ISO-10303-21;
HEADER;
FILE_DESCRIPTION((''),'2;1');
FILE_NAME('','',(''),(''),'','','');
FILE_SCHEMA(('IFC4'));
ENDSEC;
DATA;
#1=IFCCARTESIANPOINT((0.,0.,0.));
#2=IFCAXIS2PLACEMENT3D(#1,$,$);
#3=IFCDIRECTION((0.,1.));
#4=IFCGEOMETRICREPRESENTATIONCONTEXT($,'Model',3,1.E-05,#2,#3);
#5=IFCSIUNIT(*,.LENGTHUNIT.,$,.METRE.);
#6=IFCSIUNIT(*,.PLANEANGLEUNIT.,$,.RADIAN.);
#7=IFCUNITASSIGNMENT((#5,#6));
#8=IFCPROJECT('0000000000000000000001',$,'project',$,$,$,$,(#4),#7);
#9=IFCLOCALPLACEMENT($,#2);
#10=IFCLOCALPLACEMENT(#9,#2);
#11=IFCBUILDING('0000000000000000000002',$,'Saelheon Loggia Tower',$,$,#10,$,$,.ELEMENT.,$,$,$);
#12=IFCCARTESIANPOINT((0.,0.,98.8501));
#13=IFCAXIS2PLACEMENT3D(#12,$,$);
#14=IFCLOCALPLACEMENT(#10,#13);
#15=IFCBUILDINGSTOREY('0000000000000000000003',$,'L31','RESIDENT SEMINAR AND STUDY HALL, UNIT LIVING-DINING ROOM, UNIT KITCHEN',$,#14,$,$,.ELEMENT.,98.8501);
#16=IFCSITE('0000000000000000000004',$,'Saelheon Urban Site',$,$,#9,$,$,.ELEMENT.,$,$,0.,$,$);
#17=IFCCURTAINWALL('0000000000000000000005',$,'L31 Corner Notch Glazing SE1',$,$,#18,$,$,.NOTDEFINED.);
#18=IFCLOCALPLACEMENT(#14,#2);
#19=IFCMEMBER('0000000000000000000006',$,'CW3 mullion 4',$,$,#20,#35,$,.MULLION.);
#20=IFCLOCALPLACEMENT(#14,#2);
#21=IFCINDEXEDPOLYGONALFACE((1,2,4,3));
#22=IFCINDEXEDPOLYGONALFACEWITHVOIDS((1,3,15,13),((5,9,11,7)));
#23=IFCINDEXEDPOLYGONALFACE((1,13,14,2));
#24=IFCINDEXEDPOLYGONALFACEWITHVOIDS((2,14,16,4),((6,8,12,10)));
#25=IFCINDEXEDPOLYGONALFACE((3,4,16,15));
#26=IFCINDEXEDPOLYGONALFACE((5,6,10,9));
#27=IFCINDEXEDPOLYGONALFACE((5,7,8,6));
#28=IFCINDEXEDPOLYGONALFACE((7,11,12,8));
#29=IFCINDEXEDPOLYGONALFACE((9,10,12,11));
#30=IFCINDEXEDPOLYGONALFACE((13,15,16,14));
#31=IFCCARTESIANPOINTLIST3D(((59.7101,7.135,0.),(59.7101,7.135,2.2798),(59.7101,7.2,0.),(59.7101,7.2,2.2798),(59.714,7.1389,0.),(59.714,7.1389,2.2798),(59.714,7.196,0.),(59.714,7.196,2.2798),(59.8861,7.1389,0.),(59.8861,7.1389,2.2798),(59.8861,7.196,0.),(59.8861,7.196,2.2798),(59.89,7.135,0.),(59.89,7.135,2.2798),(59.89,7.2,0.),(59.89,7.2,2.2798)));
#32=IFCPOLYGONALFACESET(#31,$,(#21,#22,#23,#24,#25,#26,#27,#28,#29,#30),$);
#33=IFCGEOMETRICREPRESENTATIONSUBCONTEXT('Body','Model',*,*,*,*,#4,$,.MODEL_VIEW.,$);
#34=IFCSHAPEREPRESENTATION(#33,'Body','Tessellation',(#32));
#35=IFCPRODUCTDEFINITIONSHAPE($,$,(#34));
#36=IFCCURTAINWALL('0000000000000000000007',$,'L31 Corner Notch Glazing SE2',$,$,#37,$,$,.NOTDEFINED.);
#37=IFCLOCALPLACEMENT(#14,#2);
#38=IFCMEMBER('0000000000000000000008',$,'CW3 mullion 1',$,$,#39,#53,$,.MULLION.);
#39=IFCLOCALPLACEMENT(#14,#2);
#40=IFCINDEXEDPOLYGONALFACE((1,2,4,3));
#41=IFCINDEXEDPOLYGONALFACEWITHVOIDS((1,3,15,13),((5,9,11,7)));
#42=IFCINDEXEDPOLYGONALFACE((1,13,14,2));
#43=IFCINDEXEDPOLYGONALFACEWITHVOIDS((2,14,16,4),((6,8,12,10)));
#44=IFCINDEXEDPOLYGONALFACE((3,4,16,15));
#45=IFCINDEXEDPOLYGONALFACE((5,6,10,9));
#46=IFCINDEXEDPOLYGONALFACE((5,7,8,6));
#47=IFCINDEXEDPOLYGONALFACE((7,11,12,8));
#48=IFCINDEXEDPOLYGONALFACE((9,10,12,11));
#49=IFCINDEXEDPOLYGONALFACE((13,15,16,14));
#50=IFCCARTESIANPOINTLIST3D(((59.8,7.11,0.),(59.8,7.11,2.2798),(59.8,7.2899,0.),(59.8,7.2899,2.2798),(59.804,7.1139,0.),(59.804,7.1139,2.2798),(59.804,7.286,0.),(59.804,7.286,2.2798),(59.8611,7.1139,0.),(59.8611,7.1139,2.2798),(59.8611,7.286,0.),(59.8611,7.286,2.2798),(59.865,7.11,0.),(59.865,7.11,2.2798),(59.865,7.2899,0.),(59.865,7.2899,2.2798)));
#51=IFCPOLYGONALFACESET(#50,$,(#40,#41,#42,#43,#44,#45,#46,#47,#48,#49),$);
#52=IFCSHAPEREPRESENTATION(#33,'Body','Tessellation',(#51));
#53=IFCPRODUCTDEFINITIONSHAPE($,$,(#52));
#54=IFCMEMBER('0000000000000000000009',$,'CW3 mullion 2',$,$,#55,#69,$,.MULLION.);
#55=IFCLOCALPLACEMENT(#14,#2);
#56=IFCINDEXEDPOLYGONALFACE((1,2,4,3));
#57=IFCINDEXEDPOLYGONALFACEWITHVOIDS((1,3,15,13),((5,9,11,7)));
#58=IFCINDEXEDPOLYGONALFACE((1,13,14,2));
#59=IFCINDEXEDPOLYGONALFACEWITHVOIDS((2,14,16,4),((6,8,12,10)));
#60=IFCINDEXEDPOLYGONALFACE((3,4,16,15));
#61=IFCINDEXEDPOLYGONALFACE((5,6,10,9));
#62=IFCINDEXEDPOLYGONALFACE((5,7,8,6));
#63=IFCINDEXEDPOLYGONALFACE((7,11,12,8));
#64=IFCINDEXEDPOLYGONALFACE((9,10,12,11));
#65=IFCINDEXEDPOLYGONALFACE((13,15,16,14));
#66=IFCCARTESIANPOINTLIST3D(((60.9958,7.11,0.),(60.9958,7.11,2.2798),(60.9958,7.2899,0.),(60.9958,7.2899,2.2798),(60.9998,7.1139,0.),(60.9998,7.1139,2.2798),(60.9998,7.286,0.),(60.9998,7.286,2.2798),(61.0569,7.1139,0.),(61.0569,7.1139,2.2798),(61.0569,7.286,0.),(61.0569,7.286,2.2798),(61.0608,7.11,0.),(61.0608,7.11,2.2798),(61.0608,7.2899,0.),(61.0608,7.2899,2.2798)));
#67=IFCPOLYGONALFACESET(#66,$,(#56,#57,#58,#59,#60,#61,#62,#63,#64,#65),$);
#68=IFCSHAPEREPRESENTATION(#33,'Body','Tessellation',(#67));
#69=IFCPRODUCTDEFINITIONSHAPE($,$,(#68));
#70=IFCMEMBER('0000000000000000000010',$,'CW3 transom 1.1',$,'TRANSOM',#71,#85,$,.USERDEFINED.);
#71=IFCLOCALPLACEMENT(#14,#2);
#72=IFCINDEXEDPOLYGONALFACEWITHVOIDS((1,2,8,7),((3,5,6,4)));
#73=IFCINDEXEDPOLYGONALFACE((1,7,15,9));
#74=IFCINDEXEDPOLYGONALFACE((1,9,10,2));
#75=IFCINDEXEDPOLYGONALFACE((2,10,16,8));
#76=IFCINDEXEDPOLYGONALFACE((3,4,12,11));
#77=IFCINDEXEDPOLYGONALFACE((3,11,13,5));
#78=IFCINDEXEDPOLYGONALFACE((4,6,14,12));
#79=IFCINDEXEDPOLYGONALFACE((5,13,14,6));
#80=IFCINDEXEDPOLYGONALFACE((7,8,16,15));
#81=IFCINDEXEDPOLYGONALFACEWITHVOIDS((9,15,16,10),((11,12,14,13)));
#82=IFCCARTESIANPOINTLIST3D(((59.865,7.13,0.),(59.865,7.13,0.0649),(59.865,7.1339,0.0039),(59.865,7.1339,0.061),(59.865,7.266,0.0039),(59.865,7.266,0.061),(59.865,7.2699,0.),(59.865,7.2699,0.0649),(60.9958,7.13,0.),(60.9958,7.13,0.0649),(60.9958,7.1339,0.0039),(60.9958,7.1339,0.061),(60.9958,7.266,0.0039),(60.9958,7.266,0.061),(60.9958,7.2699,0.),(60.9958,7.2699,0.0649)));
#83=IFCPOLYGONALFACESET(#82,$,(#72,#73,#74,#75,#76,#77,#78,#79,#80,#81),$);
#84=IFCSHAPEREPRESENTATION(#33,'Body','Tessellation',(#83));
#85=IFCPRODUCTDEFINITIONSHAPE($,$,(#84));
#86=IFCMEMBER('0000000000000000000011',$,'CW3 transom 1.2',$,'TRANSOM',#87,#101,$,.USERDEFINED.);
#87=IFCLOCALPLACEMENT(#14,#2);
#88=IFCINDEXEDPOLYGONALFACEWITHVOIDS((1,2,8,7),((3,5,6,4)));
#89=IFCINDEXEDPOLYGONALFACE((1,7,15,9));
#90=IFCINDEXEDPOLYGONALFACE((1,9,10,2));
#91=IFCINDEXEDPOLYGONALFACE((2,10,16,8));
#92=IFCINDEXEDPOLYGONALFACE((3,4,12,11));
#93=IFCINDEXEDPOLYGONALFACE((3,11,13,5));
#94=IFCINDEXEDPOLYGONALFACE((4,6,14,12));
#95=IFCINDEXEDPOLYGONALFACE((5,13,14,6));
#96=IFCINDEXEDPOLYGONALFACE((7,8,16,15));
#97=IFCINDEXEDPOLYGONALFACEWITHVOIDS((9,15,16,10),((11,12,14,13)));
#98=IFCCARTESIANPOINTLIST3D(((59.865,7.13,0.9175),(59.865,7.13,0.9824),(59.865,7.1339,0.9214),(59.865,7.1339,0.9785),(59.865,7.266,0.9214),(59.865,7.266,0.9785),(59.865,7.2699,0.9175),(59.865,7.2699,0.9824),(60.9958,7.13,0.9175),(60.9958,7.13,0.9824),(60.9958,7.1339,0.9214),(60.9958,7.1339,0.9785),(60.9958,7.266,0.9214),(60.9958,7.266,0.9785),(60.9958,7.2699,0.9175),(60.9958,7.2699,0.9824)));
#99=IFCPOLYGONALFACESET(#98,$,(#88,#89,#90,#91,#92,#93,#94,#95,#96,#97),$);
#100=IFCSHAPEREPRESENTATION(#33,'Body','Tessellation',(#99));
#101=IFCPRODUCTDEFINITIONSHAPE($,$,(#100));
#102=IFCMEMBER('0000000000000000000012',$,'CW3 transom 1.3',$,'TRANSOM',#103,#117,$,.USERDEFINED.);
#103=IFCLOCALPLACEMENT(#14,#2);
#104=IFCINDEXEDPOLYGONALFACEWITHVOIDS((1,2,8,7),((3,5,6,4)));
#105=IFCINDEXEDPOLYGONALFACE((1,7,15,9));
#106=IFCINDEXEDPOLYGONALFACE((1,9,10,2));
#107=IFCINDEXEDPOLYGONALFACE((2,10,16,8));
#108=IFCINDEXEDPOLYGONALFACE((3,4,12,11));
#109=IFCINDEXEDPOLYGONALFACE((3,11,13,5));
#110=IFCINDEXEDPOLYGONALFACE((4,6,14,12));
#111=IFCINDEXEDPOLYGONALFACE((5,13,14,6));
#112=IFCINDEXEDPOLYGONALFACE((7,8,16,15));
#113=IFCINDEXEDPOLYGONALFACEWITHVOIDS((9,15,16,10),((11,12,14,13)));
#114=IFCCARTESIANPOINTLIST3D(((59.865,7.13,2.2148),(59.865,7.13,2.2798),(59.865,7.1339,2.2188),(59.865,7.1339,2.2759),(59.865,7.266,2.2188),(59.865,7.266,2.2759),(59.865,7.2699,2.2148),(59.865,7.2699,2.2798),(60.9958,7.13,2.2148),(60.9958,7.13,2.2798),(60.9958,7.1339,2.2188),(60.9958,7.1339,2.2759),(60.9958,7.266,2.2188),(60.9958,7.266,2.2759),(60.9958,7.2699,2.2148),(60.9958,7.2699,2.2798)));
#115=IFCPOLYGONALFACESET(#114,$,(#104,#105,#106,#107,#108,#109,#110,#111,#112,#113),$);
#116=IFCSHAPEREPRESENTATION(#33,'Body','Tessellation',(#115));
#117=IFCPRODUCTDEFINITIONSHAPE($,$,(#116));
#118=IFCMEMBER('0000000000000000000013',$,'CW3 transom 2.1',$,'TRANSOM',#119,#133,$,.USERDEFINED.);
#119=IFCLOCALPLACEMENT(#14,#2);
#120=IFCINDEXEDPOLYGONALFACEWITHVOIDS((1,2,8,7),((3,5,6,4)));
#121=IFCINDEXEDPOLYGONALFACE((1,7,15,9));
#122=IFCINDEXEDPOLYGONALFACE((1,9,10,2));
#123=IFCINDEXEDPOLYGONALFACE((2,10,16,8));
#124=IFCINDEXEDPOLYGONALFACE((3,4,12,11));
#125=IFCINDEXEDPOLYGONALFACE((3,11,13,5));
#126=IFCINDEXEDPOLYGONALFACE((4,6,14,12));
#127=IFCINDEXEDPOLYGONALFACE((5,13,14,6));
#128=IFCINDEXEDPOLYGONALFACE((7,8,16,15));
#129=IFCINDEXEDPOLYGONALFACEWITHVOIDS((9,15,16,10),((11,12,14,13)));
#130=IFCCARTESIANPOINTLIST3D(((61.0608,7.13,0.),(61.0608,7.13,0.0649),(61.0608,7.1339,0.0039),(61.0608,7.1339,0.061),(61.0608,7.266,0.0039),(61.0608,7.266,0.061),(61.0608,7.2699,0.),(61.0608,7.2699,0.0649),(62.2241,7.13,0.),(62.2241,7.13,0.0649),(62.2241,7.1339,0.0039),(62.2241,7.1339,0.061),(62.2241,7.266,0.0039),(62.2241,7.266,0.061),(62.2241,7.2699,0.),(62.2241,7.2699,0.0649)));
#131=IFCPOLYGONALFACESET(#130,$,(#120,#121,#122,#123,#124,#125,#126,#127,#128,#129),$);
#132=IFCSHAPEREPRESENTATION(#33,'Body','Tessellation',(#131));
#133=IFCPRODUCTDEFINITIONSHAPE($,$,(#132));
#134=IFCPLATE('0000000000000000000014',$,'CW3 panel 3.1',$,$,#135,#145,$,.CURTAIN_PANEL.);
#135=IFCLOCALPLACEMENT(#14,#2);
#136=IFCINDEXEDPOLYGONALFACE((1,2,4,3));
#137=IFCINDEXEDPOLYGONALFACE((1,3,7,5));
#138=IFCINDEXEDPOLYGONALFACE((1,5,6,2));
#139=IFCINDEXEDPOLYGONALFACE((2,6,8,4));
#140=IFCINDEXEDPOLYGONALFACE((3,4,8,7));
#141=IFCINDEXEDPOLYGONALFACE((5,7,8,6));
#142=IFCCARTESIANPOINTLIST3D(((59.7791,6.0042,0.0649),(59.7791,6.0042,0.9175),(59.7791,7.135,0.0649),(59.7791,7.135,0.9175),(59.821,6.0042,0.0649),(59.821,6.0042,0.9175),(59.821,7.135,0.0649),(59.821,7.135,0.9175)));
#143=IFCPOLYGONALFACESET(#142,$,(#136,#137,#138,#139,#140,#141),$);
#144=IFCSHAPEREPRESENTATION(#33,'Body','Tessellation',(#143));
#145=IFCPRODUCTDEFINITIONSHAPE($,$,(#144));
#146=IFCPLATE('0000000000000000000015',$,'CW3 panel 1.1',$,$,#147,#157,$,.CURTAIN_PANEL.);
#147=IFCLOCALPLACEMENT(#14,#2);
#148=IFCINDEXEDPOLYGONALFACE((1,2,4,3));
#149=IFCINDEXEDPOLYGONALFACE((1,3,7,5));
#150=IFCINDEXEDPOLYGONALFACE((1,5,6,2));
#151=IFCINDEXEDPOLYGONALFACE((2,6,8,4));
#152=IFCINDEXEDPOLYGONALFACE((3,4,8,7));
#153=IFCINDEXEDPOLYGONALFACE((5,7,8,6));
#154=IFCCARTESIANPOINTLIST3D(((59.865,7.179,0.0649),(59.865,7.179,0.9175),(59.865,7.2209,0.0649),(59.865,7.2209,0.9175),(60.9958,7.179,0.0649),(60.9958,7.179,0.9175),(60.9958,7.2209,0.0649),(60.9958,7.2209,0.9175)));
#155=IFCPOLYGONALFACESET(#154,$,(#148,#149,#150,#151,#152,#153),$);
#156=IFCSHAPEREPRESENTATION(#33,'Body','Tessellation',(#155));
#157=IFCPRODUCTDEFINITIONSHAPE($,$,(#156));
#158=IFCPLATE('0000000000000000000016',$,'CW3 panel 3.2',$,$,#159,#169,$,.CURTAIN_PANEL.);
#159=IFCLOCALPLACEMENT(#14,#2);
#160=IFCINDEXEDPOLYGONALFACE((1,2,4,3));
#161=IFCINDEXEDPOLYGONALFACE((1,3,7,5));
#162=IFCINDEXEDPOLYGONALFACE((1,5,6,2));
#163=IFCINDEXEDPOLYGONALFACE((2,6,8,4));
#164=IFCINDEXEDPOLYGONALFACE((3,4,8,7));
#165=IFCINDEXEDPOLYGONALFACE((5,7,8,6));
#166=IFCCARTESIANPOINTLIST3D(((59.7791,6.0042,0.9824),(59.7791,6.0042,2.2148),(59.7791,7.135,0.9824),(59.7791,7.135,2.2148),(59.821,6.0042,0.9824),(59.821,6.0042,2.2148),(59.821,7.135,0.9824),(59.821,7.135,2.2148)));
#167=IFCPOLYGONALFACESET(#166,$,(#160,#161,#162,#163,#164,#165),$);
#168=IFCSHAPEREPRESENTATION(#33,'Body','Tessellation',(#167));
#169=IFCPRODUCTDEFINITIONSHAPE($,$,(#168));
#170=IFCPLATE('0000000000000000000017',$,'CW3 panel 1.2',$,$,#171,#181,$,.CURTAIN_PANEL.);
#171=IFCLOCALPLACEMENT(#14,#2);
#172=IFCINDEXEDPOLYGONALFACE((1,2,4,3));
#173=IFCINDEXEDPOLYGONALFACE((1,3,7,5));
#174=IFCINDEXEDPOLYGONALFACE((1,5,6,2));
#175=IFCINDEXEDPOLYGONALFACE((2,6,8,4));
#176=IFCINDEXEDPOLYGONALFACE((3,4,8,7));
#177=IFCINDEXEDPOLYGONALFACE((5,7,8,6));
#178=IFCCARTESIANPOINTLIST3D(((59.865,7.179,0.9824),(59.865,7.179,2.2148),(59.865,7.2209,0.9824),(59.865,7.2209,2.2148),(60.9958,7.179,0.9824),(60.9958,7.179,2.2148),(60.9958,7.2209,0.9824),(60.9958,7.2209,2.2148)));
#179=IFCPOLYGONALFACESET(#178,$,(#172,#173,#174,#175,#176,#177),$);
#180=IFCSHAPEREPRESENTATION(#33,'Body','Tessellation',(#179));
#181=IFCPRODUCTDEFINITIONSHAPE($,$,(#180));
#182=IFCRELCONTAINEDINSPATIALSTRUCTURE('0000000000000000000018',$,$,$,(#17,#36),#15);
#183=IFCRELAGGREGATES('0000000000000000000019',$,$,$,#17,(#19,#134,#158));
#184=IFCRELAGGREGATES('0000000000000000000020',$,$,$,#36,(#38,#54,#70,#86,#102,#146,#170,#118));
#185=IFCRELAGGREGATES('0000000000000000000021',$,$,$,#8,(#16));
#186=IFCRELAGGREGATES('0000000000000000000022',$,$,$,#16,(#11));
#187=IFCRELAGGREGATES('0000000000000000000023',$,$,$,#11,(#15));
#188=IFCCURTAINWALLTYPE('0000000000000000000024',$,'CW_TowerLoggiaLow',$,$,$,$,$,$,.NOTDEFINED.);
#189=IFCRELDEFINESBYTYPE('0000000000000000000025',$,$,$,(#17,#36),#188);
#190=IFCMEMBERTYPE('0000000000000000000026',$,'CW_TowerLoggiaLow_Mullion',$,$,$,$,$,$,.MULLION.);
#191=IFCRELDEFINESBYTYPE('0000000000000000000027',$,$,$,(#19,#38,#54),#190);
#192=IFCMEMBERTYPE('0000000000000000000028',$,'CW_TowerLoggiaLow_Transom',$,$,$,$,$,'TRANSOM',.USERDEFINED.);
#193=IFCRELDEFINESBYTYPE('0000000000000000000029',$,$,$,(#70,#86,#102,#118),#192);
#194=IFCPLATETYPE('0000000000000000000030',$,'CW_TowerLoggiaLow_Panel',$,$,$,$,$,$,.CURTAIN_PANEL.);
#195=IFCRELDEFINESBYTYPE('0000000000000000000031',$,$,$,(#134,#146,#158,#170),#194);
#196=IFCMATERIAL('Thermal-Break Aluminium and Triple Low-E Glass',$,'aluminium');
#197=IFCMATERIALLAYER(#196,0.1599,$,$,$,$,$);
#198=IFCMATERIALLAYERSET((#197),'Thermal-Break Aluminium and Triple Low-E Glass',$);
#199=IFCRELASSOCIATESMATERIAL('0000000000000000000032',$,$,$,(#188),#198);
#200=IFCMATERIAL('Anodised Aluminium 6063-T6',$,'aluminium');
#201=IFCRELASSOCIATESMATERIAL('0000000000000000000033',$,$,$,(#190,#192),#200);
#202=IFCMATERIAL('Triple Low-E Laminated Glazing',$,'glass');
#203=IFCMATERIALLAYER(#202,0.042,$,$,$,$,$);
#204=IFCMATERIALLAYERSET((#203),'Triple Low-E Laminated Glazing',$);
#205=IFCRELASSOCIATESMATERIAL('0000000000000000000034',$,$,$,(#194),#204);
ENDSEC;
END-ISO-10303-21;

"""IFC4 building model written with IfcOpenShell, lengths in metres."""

from ifc_helpers import new_model, si_unit, direction, frame, origin, origin_2d, place, context, subcontext, project, spatial, rectangle, hollow_rectangle, extrude, source, transform, mapped, material, layer, layer_set, material_profile, profile_set, type_object, element, aggregate, save


model = new_model("IFC4")

# Units and contexts
model_context = context("Model", 3, precision=1e-05, world=origin(), true_north=direction((0.0, 1.0)))
body_context = subcontext(model_context, "Body", "Model", "MODEL_VIEW")
ifc_project = project(units=[si_unit("LENGTHUNIT", "METRE"), si_unit("PLANEANGLEUNIT", "RADIAN")], contexts=[model_context])

# Site, building, storey
site_placement = place(None, origin())
site = spatial("IfcSite", under=ifc_project, at=site_placement, Name="Saelheon Urban Site", CompositionType="ELEMENT", RefElevation=0.0)
building_placement = place(site_placement, origin())
building = spatial("IfcBuilding", under=site, at=building_placement, Name="Saelheon Loggia Tower", CompositionType="ELEMENT")
storey_placement = place(building_placement, frame((0.0, 0.0, 98.8501)))
storey = spatial("IfcBuildingStorey", under=building, at=storey_placement, Name="L31", Description="RESIDENT SEMINAR AND STUDY HALL, UNIT LIVING-DINING ROOM, UNIT KITCHEN", CompositionType="ELEMENT", Elevation=98.8501)

# Curtain wall, member
ifc_material_1 = material(Name="Thermal-Break Aluminium and Triple Low-E Glass", Category="aluminium")
ifc_layer_1 = layer(ifc_material_1, 0.1599)
ifc_layer_set_1 = layer_set([ifc_layer_1], Name="Thermal-Break Aluminium and Triple Low-E Glass")
curtain_wall_type = type_object("IfcCurtainWallType", Name="CW_TowerLoggiaLow", PredefinedType="NOTDEFINED", material=ifc_layer_set_1)
curtain_wall_1_placement = place(storey_placement, origin())
curtain_wall_1 = element("IfcCurtainWall", 1, at=curtain_wall_1_placement, inside=storey, type_object=curtain_wall_type, Name="L31 Corner Notch Glazing SE1", PredefinedType="NOTDEFINED")
ifc_material_2 = material(Name="Anodised Aluminium 6063-T6", Category="aluminium")
ifc_material_profile_1 = material_profile(ifc_material_2, hollow_rectangle(XDim=0.0649, YDim=0.1799, WallThickness=0.0039, at=origin_2d()), Name="RHS-180x65x4")
ifc_profile_set_1 = profile_set([ifc_material_profile_1], Name="Anodised Aluminium 6063-T6")
member_type_1 = type_object("IfcMemberType", Name="CW_TowerLoggiaLow_Mullion", PredefinedType="MULLION", material=ifc_profile_set_1)
shared_shape_1 = source(origin(), body_context, "Body", "SweptSolid", [
    extrude(hollow_rectangle(XDim=0.0649, YDim=0.1799, WallThickness=0.0039, at=origin_2d()), origin(), (0.0, 0.0, 1.0), 2.2798),
])
member_1_placement = place(storey_placement, frame((59.8, 7.1675, 0.0), z_axis=(0.0, 0.0, 1.0), x_axis=(0.0, 1.0, 0.0)))
member_1 = element("IfcMember", 2, at=member_1_placement, type_object=member_type_1, Name="CW3 mullion 4", PredefinedType="MULLION", context=body_context, shape_type="MappedRepresentation", body=[
    mapped(shared_shape_1, transform((0.0, 0.0, 0.0), scale=1.0)),
])

# Curtain wall, members
curtain_wall_2_placement = place(storey_placement, origin())
curtain_wall_2 = element("IfcCurtainWall", 3, at=curtain_wall_2_placement, inside=storey, type_object=curtain_wall_type, Name="L31 Corner Notch Glazing SE2", PredefinedType="NOTDEFINED")
member_2_placement = place(storey_placement, frame((59.8325, 7.2, 0.0), z_axis=(0.0, 0.0, 1.0), x_axis=(1.0, 0.0, 0.0)))
member_2 = element("IfcMember", 4, at=member_2_placement, type_object=member_type_1, Name="CW3 mullion 1", PredefinedType="MULLION", context=body_context, shape_type="MappedRepresentation", body=[
    mapped(shared_shape_1, transform((0.0, 0.0, 0.0), scale=1.0)),
])
member_3_placement = place(storey_placement, frame((61.0283, 7.2, 0.0), z_axis=(0.0, 0.0, 1.0), x_axis=(1.0, 0.0, 0.0)))
member_3 = element("IfcMember", 5, at=member_3_placement, type_object=member_type_1, Name="CW3 mullion 2", PredefinedType="MULLION", context=body_context, shape_type="MappedRepresentation", body=[
    mapped(shared_shape_1, transform((0.0, 0.0, 0.0), scale=1.0)),
])
ifc_material_profile_2 = material_profile(ifc_material_2, hollow_rectangle(XDim=0.0649, YDim=0.1399, WallThickness=0.0039, at=origin_2d()), Name="RHS-140x65x4")
ifc_profile_set_2 = profile_set([ifc_material_profile_2], Name="Anodised Aluminium 6063-T6")
member_type_2 = type_object("IfcMemberType", Name="CW_TowerLoggiaLow_Transom", ElementType="TRANSOM", PredefinedType="USERDEFINED", material=ifc_profile_set_2)
shared_shape_2 = source(origin(), body_context, "Body", "SweptSolid", [
    extrude(hollow_rectangle(XDim=0.0649, YDim=0.1399, WallThickness=0.0039, at=origin_2d()), origin(), (0.0, 0.0, 1.0), 1.1309),
])
member_4_placement = place(storey_placement, frame((59.865, 7.2, 0.0325), z_axis=(1.0, 0.0, 0.0), x_axis=(0.0, 0.0, 1.0)))
member_4 = element("IfcMember", 6, at=member_4_placement, type_object=member_type_2, Name="CW3 transom 1.1", ObjectType="TRANSOM", PredefinedType="USERDEFINED", context=body_context, shape_type="MappedRepresentation", body=[
    mapped(shared_shape_2, transform((0.0, 0.0, 0.0), scale=1.0)),
])
member_5_placement = place(storey_placement, frame((59.865, 7.2, 0.95), z_axis=(1.0, 0.0, 0.0), x_axis=(0.0, 0.0, 1.0)))
member_5 = element("IfcMember", 7, at=member_5_placement, type_object=member_type_2, Name="CW3 transom 1.2", ObjectType="TRANSOM", PredefinedType="USERDEFINED", context=body_context, shape_type="MappedRepresentation", body=[
    mapped(shared_shape_2, transform((0.0, 0.0, 0.0), scale=1.0)),
])
member_6_placement = place(storey_placement, frame((59.865, 7.2, 2.2473), z_axis=(1.0, 0.0, 0.0), x_axis=(0.0, 0.0, 1.0)))
member_6 = element("IfcMember", 8, at=member_6_placement, type_object=member_type_2, Name="CW3 transom 1.3", ObjectType="TRANSOM", PredefinedType="USERDEFINED", context=body_context, shape_type="MappedRepresentation", body=[
    mapped(shared_shape_2, transform((0.0, 0.0, 0.0), scale=1.0)),
])
shared_shape_3 = source(origin(), body_context, "Body", "SweptSolid", [
    extrude(hollow_rectangle(XDim=0.0649, YDim=0.1399, WallThickness=0.0039, at=origin_2d()), origin(), (0.0, 0.0, 1.0), 1.1633),
])
member_7_placement = place(storey_placement, frame((61.0608, 7.2, 0.0325), z_axis=(1.0, 0.0, 0.0), x_axis=(0.0, 0.0, 1.0)))
member_7 = element("IfcMember", 9, at=member_7_placement, type_object=member_type_2, Name="CW3 transom 2.1", ObjectType="TRANSOM", PredefinedType="USERDEFINED", context=body_context, shape_type="MappedRepresentation", body=[
    mapped(shared_shape_3, transform((0.0, 0.0, 0.0), scale=1.0)),
])

# Plates
ifc_material_3 = material(Name="Triple Low-E Laminated Glazing", Category="glass")
ifc_layer_2 = layer(ifc_material_3, 0.042)
ifc_layer_set_2 = layer_set([ifc_layer_2], Name="Triple Low-E Laminated Glazing")
plate_type = type_object("IfcPlateType", Name="CW_TowerLoggiaLow_Panel", PredefinedType="CURTAIN_PANEL", material=ifc_layer_set_2)
shared_shape_4 = source(origin(), body_context, "Body", "SweptSolid", [
    extrude(rectangle(XDim=1.1309, YDim=0.042, at=origin_2d()), origin(), (0.0, 0.0, 1.0), 0.8525),
])
plate_1_placement = place(storey_placement, frame((59.8, 6.5696, 0.0649), z_axis=(0.0, 0.0, 1.0), x_axis=(0.0, 1.0, 0.0)))
plate_1 = element("IfcPlate", 10, at=plate_1_placement, type_object=plate_type, Name="CW3 panel 3.1", PredefinedType="CURTAIN_PANEL", context=body_context, shape_type="MappedRepresentation", body=[
    mapped(shared_shape_4, transform((0.0, 0.0, 0.0), scale=1.0)),
])
plate_2_placement = place(storey_placement, frame((60.4304, 7.2, 0.0649), z_axis=(0.0, 0.0, 1.0), x_axis=(1.0, 0.0, 0.0)))
plate_2 = element("IfcPlate", 11, at=plate_2_placement, type_object=plate_type, Name="CW3 panel 1.1", PredefinedType="CURTAIN_PANEL", context=body_context, shape_type="MappedRepresentation", body=[
    mapped(shared_shape_4, transform((0.0, 0.0, 0.0), scale=1.0)),
])
shared_shape_5 = source(origin(), body_context, "Body", "SweptSolid", [
    extrude(rectangle(XDim=1.1309, YDim=0.042, at=origin_2d()), origin(), (0.0, 0.0, 1.0), 1.2324),
])
plate_3_placement = place(storey_placement, frame((59.8, 6.5696, 0.9824), z_axis=(0.0, 0.0, 1.0), x_axis=(0.0, 1.0, 0.0)))
plate_3 = element("IfcPlate", 12, at=plate_3_placement, type_object=plate_type, Name="CW3 panel 3.2", PredefinedType="CURTAIN_PANEL", context=body_context, shape_type="MappedRepresentation", body=[
    mapped(shared_shape_5, transform((0.0, 0.0, 0.0), scale=1.0)),
])
aggregate(curtain_wall_1, [member_1, plate_1, plate_3])
plate_4_placement = place(storey_placement, frame((60.4304, 7.2, 0.9824), z_axis=(0.0, 0.0, 1.0), x_axis=(1.0, 0.0, 0.0)))
plate_4 = element("IfcPlate", 13, at=plate_4_placement, type_object=plate_type, Name="CW3 panel 1.2", PredefinedType="CURTAIN_PANEL", context=body_context, shape_type="MappedRepresentation", body=[
    mapped(shared_shape_5, transform((0.0, 0.0, 0.0), scale=1.0)),
])
aggregate(curtain_wall_2, [member_2, member_3, member_4, member_5, member_6, plate_2, plate_4, member_7])

save(model, "model.ifc")
